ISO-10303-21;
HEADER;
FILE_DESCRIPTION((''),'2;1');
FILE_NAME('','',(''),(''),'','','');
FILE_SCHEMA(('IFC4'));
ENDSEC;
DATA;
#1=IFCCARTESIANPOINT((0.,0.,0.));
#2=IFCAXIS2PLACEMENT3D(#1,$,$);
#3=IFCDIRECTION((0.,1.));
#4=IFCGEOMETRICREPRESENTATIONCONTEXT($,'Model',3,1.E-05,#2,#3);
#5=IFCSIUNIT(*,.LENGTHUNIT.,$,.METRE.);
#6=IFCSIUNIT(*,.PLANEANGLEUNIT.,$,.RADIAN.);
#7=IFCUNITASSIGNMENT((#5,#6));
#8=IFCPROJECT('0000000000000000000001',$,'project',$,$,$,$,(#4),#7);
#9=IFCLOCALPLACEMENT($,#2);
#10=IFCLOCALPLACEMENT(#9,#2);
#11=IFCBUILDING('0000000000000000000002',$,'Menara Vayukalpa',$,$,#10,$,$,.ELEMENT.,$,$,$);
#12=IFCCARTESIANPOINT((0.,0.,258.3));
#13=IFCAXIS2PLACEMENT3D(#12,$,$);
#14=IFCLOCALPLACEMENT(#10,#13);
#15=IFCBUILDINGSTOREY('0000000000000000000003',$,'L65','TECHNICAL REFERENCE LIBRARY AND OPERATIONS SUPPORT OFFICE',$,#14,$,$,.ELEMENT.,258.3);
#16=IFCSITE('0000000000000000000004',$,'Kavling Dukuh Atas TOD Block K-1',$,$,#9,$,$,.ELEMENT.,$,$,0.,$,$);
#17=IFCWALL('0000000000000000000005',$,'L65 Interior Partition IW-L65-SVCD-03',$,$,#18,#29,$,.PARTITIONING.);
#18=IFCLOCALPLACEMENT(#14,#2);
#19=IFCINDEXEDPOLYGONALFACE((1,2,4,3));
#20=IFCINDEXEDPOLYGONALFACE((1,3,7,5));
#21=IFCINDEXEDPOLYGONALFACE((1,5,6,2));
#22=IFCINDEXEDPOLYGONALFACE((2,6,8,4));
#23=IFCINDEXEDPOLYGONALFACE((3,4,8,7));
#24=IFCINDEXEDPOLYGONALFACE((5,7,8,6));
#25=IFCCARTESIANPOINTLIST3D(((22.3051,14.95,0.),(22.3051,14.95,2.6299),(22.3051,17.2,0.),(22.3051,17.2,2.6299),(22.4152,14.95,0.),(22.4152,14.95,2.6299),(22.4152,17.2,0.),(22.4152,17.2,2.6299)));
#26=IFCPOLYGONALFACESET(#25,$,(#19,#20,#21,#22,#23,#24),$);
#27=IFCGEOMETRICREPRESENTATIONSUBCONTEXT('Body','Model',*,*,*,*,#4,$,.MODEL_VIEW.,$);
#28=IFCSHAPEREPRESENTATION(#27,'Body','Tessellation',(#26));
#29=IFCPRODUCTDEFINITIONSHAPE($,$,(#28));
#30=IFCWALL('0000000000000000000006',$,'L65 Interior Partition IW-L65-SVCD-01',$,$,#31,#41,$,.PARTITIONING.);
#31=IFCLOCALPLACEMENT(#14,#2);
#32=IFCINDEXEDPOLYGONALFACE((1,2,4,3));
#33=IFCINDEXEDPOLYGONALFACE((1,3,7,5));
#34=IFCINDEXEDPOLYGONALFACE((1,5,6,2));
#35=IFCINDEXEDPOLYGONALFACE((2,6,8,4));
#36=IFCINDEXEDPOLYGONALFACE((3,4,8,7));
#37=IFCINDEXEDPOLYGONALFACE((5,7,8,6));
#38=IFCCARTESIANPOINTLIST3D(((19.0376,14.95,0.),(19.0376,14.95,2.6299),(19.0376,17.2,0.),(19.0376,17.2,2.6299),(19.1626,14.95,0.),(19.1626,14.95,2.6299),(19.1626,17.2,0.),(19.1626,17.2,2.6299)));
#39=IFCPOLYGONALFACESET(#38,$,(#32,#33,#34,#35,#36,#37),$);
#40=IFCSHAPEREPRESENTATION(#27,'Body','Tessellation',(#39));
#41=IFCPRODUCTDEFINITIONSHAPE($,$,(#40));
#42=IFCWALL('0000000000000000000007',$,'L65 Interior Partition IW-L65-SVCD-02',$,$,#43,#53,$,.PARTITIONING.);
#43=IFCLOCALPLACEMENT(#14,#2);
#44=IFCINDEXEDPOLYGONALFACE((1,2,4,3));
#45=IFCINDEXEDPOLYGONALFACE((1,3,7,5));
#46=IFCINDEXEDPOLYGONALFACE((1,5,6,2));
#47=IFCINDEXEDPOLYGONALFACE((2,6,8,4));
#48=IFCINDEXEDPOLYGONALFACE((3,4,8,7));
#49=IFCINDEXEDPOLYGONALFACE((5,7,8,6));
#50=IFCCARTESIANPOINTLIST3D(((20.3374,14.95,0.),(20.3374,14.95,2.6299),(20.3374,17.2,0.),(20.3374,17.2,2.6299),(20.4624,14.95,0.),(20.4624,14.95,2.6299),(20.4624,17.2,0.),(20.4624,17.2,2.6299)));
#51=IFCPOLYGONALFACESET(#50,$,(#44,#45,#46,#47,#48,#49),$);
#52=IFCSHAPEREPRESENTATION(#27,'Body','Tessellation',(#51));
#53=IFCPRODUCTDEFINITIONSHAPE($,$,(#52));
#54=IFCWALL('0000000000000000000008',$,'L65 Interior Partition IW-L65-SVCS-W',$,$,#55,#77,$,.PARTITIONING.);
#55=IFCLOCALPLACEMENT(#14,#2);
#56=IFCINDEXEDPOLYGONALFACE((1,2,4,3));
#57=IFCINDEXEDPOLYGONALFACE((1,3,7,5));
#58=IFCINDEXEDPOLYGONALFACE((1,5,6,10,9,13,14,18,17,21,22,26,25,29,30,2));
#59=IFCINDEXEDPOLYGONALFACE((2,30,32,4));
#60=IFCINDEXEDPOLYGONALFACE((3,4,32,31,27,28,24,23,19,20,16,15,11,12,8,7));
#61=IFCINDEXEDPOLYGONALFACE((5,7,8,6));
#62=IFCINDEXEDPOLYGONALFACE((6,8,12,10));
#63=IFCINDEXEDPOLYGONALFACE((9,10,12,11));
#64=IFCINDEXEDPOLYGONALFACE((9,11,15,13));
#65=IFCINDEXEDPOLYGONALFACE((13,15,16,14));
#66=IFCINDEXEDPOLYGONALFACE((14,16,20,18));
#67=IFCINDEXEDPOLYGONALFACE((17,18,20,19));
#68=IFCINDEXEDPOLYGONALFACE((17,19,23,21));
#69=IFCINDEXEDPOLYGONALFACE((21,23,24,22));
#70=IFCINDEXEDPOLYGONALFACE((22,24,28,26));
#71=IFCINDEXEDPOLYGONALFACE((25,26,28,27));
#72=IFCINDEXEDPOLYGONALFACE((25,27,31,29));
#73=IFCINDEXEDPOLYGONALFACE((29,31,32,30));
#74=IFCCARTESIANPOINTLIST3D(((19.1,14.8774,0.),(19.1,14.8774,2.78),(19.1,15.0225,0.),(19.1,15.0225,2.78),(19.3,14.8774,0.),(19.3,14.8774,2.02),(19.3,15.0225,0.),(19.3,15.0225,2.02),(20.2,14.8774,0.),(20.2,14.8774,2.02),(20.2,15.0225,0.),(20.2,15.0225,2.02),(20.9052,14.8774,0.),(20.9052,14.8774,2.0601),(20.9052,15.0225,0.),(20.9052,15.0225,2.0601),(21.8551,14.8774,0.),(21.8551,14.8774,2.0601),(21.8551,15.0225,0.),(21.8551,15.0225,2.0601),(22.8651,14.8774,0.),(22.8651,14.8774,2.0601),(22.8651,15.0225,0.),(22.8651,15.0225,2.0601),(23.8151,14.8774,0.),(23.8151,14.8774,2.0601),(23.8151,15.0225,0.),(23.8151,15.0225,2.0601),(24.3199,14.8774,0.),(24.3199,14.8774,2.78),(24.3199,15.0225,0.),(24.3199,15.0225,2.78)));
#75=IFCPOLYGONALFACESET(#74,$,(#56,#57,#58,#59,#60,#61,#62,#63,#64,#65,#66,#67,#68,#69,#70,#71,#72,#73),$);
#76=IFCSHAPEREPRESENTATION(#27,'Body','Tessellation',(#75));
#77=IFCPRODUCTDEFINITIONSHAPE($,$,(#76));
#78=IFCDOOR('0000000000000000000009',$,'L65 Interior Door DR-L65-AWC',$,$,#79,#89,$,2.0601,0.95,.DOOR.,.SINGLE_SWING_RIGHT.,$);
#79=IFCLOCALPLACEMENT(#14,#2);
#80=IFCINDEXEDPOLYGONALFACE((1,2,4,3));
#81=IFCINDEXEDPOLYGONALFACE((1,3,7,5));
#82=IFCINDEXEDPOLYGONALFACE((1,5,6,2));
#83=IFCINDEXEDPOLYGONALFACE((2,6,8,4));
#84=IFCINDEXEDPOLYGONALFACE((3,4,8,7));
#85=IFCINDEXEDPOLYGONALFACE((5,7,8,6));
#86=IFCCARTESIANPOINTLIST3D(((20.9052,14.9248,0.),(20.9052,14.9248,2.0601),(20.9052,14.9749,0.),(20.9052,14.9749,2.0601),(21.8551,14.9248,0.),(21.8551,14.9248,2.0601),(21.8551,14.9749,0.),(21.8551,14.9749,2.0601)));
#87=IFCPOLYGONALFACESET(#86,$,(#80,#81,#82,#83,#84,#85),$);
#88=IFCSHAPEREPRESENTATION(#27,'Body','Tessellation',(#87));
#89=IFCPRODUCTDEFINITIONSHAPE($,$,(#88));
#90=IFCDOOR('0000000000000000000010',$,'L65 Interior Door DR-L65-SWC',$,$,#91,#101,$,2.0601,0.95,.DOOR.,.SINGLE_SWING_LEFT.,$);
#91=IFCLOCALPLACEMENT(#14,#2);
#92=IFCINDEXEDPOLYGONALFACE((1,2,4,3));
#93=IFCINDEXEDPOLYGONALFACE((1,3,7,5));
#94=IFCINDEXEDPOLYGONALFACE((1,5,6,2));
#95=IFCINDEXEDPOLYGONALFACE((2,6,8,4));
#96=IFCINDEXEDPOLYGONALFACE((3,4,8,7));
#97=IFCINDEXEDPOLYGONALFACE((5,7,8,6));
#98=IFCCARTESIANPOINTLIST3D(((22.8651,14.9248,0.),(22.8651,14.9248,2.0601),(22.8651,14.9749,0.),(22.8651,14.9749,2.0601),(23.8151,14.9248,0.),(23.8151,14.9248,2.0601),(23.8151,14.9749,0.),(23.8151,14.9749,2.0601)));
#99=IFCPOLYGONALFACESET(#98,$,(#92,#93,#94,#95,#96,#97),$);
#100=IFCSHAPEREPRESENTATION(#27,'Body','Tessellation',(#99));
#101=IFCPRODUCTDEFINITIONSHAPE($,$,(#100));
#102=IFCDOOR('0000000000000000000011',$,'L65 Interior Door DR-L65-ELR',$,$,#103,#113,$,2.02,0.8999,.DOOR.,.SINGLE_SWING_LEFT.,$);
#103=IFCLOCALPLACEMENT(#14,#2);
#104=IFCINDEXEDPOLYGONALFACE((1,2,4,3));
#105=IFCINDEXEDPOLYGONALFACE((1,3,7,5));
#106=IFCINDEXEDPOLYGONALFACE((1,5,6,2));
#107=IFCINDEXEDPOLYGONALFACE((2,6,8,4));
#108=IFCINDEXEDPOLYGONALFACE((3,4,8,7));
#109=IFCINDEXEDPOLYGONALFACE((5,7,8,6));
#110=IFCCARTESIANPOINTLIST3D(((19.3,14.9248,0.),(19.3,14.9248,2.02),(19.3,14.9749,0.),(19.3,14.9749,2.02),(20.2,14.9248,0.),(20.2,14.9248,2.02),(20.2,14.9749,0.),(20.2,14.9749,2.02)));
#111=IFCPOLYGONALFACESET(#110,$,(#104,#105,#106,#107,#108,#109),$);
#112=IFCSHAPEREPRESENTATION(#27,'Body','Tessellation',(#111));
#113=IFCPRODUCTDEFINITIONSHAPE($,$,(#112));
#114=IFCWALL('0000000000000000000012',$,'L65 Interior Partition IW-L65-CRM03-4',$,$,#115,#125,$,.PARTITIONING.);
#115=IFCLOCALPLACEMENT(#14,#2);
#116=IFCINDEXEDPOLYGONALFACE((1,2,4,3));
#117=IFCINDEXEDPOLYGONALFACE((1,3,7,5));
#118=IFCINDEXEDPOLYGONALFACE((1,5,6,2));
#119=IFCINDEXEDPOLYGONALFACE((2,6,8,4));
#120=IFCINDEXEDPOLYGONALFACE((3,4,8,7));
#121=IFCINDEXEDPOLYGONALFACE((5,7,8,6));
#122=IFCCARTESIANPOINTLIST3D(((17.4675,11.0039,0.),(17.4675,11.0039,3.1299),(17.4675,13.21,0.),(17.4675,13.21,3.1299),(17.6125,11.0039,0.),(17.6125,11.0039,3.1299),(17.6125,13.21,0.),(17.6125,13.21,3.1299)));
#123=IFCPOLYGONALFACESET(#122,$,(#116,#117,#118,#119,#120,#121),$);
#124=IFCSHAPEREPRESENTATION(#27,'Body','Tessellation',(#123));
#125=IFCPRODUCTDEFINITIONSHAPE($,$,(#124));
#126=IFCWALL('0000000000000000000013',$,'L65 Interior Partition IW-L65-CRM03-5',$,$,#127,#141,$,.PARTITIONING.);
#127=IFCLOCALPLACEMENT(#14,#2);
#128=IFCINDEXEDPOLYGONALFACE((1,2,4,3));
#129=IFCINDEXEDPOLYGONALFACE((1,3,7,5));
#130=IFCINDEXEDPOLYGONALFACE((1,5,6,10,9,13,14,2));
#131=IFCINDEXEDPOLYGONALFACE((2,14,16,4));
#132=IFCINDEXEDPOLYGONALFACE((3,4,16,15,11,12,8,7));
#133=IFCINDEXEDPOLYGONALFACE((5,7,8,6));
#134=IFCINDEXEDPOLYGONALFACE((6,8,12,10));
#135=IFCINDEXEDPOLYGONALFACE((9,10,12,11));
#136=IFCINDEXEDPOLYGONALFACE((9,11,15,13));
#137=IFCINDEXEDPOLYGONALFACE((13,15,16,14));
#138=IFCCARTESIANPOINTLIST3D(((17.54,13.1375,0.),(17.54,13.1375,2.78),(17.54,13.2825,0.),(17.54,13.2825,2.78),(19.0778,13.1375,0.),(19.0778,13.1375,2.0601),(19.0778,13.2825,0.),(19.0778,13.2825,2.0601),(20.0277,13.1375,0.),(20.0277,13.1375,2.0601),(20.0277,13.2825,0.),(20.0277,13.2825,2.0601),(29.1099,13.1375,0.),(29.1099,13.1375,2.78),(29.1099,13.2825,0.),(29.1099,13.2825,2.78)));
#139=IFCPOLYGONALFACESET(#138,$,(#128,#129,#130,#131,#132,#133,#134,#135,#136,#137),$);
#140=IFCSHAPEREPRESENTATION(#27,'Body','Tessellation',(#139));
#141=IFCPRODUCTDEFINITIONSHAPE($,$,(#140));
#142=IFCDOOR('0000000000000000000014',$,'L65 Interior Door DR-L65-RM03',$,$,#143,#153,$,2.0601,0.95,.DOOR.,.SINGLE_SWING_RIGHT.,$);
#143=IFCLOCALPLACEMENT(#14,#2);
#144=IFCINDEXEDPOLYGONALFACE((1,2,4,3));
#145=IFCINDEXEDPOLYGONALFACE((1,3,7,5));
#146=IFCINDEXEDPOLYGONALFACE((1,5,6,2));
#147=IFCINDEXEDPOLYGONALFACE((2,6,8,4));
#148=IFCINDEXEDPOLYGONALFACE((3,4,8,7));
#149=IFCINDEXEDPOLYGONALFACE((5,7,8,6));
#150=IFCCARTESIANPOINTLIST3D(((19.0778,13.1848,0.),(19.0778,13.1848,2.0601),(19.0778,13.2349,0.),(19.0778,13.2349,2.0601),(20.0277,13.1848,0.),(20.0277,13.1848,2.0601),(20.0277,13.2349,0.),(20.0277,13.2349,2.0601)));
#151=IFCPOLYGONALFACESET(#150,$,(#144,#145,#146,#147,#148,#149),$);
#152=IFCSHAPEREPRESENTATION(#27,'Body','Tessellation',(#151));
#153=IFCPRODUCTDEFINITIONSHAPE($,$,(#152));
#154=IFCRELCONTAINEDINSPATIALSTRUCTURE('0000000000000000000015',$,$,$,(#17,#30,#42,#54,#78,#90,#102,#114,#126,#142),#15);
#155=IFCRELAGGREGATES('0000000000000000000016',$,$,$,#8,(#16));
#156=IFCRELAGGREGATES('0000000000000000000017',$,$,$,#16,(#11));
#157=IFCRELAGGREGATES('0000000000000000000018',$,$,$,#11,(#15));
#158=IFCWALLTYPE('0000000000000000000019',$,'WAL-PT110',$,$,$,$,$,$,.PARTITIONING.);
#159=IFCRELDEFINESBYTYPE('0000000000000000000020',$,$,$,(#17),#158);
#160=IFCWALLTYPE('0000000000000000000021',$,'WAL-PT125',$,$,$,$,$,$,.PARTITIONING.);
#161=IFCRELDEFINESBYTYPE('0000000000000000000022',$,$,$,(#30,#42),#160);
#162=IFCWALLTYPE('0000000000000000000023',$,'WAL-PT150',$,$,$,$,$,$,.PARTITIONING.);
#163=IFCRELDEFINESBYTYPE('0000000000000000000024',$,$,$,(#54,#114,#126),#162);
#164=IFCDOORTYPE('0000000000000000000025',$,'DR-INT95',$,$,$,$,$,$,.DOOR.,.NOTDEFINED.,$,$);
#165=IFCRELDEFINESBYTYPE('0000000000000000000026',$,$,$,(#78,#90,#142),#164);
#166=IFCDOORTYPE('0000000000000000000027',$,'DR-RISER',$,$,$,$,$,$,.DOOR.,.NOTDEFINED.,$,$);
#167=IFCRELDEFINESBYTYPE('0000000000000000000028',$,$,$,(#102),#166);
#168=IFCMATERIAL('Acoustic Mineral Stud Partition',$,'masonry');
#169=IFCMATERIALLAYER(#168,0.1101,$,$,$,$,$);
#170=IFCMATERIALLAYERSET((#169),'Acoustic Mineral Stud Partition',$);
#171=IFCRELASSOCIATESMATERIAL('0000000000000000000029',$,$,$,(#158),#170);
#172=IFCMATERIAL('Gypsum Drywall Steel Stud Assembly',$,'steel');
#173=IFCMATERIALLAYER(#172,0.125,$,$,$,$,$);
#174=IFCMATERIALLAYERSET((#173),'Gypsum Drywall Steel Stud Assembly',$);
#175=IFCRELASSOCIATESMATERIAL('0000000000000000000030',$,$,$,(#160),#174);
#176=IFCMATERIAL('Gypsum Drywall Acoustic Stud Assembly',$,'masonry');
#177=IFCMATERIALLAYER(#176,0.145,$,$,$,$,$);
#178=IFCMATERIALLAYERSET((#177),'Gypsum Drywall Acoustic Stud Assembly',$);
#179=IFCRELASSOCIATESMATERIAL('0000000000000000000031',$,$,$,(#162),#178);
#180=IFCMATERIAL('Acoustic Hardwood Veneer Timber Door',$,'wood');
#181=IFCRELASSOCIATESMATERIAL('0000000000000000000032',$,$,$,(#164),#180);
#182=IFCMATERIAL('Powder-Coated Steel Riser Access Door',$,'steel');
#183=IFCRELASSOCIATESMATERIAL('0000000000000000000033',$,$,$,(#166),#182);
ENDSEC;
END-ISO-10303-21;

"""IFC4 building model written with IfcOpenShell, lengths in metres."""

from ifc_helpers import new_model, si_unit, direction, frame, frame_2d, origin, place, context, subcontext, project, spatial, rectangle, extrude, material, layer, layer_set, type_object, element, fill, save


model = new_model("IFC4")

# Units and contexts
model_context = context("Model", 3, precision=1e-05, world=origin(), true_north=direction((0.0, 1.0)))
body_context = subcontext(model_context, "Body", "Model", "MODEL_VIEW")
ifc_project = project(units=[si_unit("LENGTHUNIT", "METRE"), si_unit("PLANEANGLEUNIT", "RADIAN")], contexts=[model_context])

# Site, building, storey
site_placement = place(None, origin())
site = spatial("IfcSite", under=ifc_project, at=site_placement, Name="Kavling Dukuh Atas TOD Block K-1", CompositionType="ELEMENT", RefElevation=0.0)
building_placement = place(site_placement, origin())
building = spatial("IfcBuilding", under=site, at=building_placement, Name="Menara Vayukalpa", CompositionType="ELEMENT")
storey_placement = place(building_placement, frame((0.0, 0.0, 258.3)))
storey = spatial("IfcBuildingStorey", under=building, at=storey_placement, Name="L65", Description="TECHNICAL REFERENCE LIBRARY AND OPERATIONS SUPPORT OFFICE", CompositionType="ELEMENT", Elevation=258.3)

# Walls
ifc_material_1 = material(Name="Acoustic Mineral Stud Partition", Category="masonry")
ifc_layer_1 = layer(ifc_material_1, 0.1101)
ifc_layer_set_1 = layer_set([ifc_layer_1], Name="Acoustic Mineral Stud Partition")
wall_type_1 = type_object("IfcWallType", Name="WAL-PT110", PredefinedType="PARTITIONING", material=ifc_layer_set_1)
wall_1_placement = place(storey_placement, frame((22.3601, 14.95, 0.0), z_axis=(0.0, 0.0, 1.0), x_axis=(0.0, 1.0, 0.0)))
element("IfcWall", 1, at=wall_1_placement, inside=storey, type_object=wall_type_1, Name="L65 Interior Partition IW-L65-SVCD-03", PredefinedType="PARTITIONING", context=body_context, shape_type="SweptSolid", body=[
    extrude(rectangle(XDim=2.25, YDim=0.1101, at=frame_2d((1.125, 0.0))), origin(), (0.0, 0.0, 1.0), 2.6299),
])
ifc_material_2 = material(Name="Gypsum Drywall Steel Stud Assembly", Category="steel")
ifc_layer_2 = layer(ifc_material_2, 0.125)
ifc_layer_set_2 = layer_set([ifc_layer_2], Name="Gypsum Drywall Steel Stud Assembly")
wall_type_2 = type_object("IfcWallType", Name="WAL-PT125", PredefinedType="PARTITIONING", material=ifc_layer_set_2)
for number, where, z_axis, x_axis, name in (
    (2, (19.1001, 14.95, 0.0), (0.0, 0.0, 1.0), (0.0, 1.0, 0.0), "L65 Interior Partition IW-L65-SVCD-01"),
    (3, (20.3999, 14.95, 0.0), (0.0, 0.0, 1.0), (0.0, 1.0, 0.0), "L65 Interior Partition IW-L65-SVCD-02"),
):
    element("IfcWall", number, at=place(storey_placement, frame(where, z_axis=z_axis, x_axis=x_axis)), inside=storey, type_object=wall_type_2, Name=name, PredefinedType="PARTITIONING", context=body_context, shape_type="SweptSolid", body=[
        extrude(rectangle(XDim=2.25, YDim=0.125, at=frame_2d((1.125, 0.0))), origin(), (0.0, 0.0, 1.0), 2.6299),
    ])

# Wall, openings, doors
ifc_material_3 = material(Name="Gypsum Drywall Acoustic Stud Assembly", Category="masonry")
ifc_layer_3 = layer(ifc_material_3, 0.145)
ifc_layer_set_3 = layer_set([ifc_layer_3], Name="Gypsum Drywall Acoustic Stud Assembly")
wall_type_3 = type_object("IfcWallType", Name="WAL-PT150", PredefinedType="PARTITIONING", material=ifc_layer_set_3)
wall_2_placement = place(storey_placement, frame((19.1001, 14.95, 0.0), z_axis=(0.0, 0.0, 1.0), x_axis=(1.0, 0.0, 0.0)))
wall_2 = element("IfcWall", 4, at=wall_2_placement, inside=storey, type_object=wall_type_3, Name="L65 Interior Partition IW-L65-SVCS-W", PredefinedType="PARTITIONING", context=body_context, shape_type="SweptSolid", body=[
    extrude(rectangle(XDim=5.22, YDim=0.145, at=frame_2d((2.6099, 0.0))), origin(), (0.0, 0.0, 1.0), 2.78),
])
opening_1_placement = place(wall_2_placement, frame((0.2, 0.0, 0.0)))
opening_1 = element("IfcOpeningElement", 5, at=opening_1_placement, cuts=wall_2, PredefinedType="OPENING", context=body_context, shape_type="SweptSolid", body=[
    extrude(rectangle(XDim=0.8999, YDim=2.02, at=frame_2d((0.45, 1.01))), frame((0.0, 0.0825, 0.0), z_axis=(0.0, -1.0, 0.0), x_axis=(1.0, 0.0, 0.0)), (0.0, 0.0, 1.0), 0.165),
])
opening_2_placement = place(wall_2_placement, frame((1.8049, 0.0, 0.0)))
opening_2 = element("IfcOpeningElement", 6, at=opening_2_placement, cuts=wall_2, PredefinedType="OPENING", context=body_context, shape_type="SweptSolid", body=[
    extrude(rectangle(XDim=0.95, YDim=2.0601, at=frame_2d((0.4751, 1.03))), frame((0.0, 0.0825, 0.0), z_axis=(0.0, -1.0, 0.0), x_axis=(1.0, 0.0, 0.0)), (0.0, 0.0, 1.0), 0.165),
])
opening_3_placement = place(wall_2_placement, frame((3.7649, 0.0, 0.0)))
opening_3 = element("IfcOpeningElement", 7, at=opening_3_placement, cuts=wall_2, PredefinedType="OPENING", context=body_context, shape_type="SweptSolid", body=[
    extrude(rectangle(XDim=0.95, YDim=2.0601, at=frame_2d((0.4751, 1.03))), frame((0.0, 0.0825, 0.0), z_axis=(0.0, -1.0, 0.0), x_axis=(1.0, 0.0, 0.0)), (0.0, 0.0, 1.0), 0.165),
])
ifc_material_4 = material(Name="Acoustic Hardwood Veneer Timber Door", Category="wood")
door_type_1 = type_object("IfcDoorType", Name="DR-INT95", OperationType="NOTDEFINED", PredefinedType="DOOR", material=ifc_material_4)
door_1_placement = place(opening_2_placement, origin())
door_1 = element("IfcDoor", 8, at=door_1_placement, inside=storey, type_object=door_type_1, Name="L65 Interior Door DR-L65-AWC", OperationType="SINGLE_SWING_RIGHT", OverallHeight=2.0601, OverallWidth=0.95, PredefinedType="DOOR", context=body_context, shape_type="SweptSolid", body=[
    extrude(rectangle(XDim=0.95, YDim=2.0601, at=frame_2d((0.4751, 1.03))), frame((0.0, 0.0249, 0.0), z_axis=(0.0, -1.0, 0.0), x_axis=(1.0, 0.0, 0.0)), (0.0, 0.0, 1.0), 0.05),
])
fill(opening_2, door_1)
door_2_placement = place(opening_3_placement, origin())
door_2 = element("IfcDoor", 9, at=door_2_placement, inside=storey, type_object=door_type_1, Name="L65 Interior Door DR-L65-SWC", OperationType="SINGLE_SWING_LEFT", OverallHeight=2.0601, OverallWidth=0.95, PredefinedType="DOOR", context=body_context, shape_type="SweptSolid", body=[
    extrude(rectangle(XDim=0.95, YDim=2.0601, at=frame_2d((0.4751, 1.03))), frame((0.0, 0.0249, 0.0), z_axis=(0.0, -1.0, 0.0), x_axis=(1.0, 0.0, 0.0)), (0.0, 0.0, 1.0), 0.05),
])
fill(opening_3, door_2)
ifc_material_5 = material(Name="Powder-Coated Steel Riser Access Door", Category="steel")
door_type_2 = type_object("IfcDoorType", Name="DR-RISER", OperationType="NOTDEFINED", PredefinedType="DOOR", material=ifc_material_5)
door_3_placement = place(opening_1_placement, origin())
door_3 = element("IfcDoor", 10, at=door_3_placement, inside=storey, type_object=door_type_2, Name="L65 Interior Door DR-L65-ELR", OperationType="SINGLE_SWING_LEFT", OverallHeight=2.02, OverallWidth=0.8999, PredefinedType="DOOR", context=body_context, shape_type="SweptSolid", body=[
    extrude(rectangle(XDim=0.8999, YDim=2.02, at=frame_2d((0.45, 1.01))), frame((0.0, 0.0249, 0.0), z_axis=(0.0, -1.0, 0.0), x_axis=(1.0, 0.0, 0.0)), (0.0, 0.0, 1.0), 0.05),
])
fill(opening_1, door_3)

# Wall
wall_3_placement = place(storey_placement, frame((17.54, 11.0039, 0.0), z_axis=(0.0, 0.0, 1.0), x_axis=(0.0, 1.0, 0.0)))
element("IfcWall", 11, at=wall_3_placement, inside=storey, type_object=wall_type_3, Name="L65 Interior Partition IW-L65-CRM03-4", PredefinedType="PARTITIONING", context=body_context, shape_type="SweptSolid", body=[
    extrude(rectangle(XDim=2.2061, YDim=0.145, at=frame_2d((1.103, 0.0))), origin(), (0.0, 0.0, 1.0), 3.1299),
])

# Wall, opening, door
wall_4_placement = place(storey_placement, frame((17.54, 13.21, 0.0), z_axis=(0.0, 0.0, 1.0), x_axis=(1.0, 0.0, 0.0)))
wall_4 = element("IfcWall", 12, at=wall_4_placement, inside=storey, type_object=wall_type_3, Name="L65 Interior Partition IW-L65-CRM03-5", PredefinedType="PARTITIONING", context=body_context, shape_type="SweptSolid", body=[
    extrude(rectangle(XDim=11.5698, YDim=0.145, at=frame_2d((5.7849, 0.0))), origin(), (0.0, 0.0, 1.0), 2.78),
])
opening_4_placement = place(wall_4_placement, frame((1.5376, 0.0, 0.0)))
opening_4 = element("IfcOpeningElement", 13, at=opening_4_placement, cuts=wall_4, PredefinedType="OPENING", context=body_context, shape_type="SweptSolid", body=[
    extrude(rectangle(XDim=0.95, YDim=2.0601, at=frame_2d((0.4751, 1.03))), frame((0.0, 0.0825, 0.0), z_axis=(0.0, -1.0, 0.0), x_axis=(1.0, 0.0, 0.0)), (0.0, 0.0, 1.0), 0.165),
])
door_4_placement = place(opening_4_placement, origin())
door_4 = element("IfcDoor", 14, at=door_4_placement, inside=storey, type_object=door_type_1, Name="L65 Interior Door DR-L65-RM03", OperationType="SINGLE_SWING_RIGHT", OverallHeight=2.0601, OverallWidth=0.95, PredefinedType="DOOR", context=body_context, shape_type="SweptSolid", body=[
    extrude(rectangle(XDim=0.95, YDim=2.0601, at=frame_2d((0.4751, 1.03))), frame((0.0, 0.0249, 0.0), z_axis=(0.0, -1.0, 0.0), x_axis=(1.0, 0.0, 0.0)), (0.0, 0.0, 1.0), 0.05),
])
fill(opening_4, door_4)

save(model, "model.ifc")
